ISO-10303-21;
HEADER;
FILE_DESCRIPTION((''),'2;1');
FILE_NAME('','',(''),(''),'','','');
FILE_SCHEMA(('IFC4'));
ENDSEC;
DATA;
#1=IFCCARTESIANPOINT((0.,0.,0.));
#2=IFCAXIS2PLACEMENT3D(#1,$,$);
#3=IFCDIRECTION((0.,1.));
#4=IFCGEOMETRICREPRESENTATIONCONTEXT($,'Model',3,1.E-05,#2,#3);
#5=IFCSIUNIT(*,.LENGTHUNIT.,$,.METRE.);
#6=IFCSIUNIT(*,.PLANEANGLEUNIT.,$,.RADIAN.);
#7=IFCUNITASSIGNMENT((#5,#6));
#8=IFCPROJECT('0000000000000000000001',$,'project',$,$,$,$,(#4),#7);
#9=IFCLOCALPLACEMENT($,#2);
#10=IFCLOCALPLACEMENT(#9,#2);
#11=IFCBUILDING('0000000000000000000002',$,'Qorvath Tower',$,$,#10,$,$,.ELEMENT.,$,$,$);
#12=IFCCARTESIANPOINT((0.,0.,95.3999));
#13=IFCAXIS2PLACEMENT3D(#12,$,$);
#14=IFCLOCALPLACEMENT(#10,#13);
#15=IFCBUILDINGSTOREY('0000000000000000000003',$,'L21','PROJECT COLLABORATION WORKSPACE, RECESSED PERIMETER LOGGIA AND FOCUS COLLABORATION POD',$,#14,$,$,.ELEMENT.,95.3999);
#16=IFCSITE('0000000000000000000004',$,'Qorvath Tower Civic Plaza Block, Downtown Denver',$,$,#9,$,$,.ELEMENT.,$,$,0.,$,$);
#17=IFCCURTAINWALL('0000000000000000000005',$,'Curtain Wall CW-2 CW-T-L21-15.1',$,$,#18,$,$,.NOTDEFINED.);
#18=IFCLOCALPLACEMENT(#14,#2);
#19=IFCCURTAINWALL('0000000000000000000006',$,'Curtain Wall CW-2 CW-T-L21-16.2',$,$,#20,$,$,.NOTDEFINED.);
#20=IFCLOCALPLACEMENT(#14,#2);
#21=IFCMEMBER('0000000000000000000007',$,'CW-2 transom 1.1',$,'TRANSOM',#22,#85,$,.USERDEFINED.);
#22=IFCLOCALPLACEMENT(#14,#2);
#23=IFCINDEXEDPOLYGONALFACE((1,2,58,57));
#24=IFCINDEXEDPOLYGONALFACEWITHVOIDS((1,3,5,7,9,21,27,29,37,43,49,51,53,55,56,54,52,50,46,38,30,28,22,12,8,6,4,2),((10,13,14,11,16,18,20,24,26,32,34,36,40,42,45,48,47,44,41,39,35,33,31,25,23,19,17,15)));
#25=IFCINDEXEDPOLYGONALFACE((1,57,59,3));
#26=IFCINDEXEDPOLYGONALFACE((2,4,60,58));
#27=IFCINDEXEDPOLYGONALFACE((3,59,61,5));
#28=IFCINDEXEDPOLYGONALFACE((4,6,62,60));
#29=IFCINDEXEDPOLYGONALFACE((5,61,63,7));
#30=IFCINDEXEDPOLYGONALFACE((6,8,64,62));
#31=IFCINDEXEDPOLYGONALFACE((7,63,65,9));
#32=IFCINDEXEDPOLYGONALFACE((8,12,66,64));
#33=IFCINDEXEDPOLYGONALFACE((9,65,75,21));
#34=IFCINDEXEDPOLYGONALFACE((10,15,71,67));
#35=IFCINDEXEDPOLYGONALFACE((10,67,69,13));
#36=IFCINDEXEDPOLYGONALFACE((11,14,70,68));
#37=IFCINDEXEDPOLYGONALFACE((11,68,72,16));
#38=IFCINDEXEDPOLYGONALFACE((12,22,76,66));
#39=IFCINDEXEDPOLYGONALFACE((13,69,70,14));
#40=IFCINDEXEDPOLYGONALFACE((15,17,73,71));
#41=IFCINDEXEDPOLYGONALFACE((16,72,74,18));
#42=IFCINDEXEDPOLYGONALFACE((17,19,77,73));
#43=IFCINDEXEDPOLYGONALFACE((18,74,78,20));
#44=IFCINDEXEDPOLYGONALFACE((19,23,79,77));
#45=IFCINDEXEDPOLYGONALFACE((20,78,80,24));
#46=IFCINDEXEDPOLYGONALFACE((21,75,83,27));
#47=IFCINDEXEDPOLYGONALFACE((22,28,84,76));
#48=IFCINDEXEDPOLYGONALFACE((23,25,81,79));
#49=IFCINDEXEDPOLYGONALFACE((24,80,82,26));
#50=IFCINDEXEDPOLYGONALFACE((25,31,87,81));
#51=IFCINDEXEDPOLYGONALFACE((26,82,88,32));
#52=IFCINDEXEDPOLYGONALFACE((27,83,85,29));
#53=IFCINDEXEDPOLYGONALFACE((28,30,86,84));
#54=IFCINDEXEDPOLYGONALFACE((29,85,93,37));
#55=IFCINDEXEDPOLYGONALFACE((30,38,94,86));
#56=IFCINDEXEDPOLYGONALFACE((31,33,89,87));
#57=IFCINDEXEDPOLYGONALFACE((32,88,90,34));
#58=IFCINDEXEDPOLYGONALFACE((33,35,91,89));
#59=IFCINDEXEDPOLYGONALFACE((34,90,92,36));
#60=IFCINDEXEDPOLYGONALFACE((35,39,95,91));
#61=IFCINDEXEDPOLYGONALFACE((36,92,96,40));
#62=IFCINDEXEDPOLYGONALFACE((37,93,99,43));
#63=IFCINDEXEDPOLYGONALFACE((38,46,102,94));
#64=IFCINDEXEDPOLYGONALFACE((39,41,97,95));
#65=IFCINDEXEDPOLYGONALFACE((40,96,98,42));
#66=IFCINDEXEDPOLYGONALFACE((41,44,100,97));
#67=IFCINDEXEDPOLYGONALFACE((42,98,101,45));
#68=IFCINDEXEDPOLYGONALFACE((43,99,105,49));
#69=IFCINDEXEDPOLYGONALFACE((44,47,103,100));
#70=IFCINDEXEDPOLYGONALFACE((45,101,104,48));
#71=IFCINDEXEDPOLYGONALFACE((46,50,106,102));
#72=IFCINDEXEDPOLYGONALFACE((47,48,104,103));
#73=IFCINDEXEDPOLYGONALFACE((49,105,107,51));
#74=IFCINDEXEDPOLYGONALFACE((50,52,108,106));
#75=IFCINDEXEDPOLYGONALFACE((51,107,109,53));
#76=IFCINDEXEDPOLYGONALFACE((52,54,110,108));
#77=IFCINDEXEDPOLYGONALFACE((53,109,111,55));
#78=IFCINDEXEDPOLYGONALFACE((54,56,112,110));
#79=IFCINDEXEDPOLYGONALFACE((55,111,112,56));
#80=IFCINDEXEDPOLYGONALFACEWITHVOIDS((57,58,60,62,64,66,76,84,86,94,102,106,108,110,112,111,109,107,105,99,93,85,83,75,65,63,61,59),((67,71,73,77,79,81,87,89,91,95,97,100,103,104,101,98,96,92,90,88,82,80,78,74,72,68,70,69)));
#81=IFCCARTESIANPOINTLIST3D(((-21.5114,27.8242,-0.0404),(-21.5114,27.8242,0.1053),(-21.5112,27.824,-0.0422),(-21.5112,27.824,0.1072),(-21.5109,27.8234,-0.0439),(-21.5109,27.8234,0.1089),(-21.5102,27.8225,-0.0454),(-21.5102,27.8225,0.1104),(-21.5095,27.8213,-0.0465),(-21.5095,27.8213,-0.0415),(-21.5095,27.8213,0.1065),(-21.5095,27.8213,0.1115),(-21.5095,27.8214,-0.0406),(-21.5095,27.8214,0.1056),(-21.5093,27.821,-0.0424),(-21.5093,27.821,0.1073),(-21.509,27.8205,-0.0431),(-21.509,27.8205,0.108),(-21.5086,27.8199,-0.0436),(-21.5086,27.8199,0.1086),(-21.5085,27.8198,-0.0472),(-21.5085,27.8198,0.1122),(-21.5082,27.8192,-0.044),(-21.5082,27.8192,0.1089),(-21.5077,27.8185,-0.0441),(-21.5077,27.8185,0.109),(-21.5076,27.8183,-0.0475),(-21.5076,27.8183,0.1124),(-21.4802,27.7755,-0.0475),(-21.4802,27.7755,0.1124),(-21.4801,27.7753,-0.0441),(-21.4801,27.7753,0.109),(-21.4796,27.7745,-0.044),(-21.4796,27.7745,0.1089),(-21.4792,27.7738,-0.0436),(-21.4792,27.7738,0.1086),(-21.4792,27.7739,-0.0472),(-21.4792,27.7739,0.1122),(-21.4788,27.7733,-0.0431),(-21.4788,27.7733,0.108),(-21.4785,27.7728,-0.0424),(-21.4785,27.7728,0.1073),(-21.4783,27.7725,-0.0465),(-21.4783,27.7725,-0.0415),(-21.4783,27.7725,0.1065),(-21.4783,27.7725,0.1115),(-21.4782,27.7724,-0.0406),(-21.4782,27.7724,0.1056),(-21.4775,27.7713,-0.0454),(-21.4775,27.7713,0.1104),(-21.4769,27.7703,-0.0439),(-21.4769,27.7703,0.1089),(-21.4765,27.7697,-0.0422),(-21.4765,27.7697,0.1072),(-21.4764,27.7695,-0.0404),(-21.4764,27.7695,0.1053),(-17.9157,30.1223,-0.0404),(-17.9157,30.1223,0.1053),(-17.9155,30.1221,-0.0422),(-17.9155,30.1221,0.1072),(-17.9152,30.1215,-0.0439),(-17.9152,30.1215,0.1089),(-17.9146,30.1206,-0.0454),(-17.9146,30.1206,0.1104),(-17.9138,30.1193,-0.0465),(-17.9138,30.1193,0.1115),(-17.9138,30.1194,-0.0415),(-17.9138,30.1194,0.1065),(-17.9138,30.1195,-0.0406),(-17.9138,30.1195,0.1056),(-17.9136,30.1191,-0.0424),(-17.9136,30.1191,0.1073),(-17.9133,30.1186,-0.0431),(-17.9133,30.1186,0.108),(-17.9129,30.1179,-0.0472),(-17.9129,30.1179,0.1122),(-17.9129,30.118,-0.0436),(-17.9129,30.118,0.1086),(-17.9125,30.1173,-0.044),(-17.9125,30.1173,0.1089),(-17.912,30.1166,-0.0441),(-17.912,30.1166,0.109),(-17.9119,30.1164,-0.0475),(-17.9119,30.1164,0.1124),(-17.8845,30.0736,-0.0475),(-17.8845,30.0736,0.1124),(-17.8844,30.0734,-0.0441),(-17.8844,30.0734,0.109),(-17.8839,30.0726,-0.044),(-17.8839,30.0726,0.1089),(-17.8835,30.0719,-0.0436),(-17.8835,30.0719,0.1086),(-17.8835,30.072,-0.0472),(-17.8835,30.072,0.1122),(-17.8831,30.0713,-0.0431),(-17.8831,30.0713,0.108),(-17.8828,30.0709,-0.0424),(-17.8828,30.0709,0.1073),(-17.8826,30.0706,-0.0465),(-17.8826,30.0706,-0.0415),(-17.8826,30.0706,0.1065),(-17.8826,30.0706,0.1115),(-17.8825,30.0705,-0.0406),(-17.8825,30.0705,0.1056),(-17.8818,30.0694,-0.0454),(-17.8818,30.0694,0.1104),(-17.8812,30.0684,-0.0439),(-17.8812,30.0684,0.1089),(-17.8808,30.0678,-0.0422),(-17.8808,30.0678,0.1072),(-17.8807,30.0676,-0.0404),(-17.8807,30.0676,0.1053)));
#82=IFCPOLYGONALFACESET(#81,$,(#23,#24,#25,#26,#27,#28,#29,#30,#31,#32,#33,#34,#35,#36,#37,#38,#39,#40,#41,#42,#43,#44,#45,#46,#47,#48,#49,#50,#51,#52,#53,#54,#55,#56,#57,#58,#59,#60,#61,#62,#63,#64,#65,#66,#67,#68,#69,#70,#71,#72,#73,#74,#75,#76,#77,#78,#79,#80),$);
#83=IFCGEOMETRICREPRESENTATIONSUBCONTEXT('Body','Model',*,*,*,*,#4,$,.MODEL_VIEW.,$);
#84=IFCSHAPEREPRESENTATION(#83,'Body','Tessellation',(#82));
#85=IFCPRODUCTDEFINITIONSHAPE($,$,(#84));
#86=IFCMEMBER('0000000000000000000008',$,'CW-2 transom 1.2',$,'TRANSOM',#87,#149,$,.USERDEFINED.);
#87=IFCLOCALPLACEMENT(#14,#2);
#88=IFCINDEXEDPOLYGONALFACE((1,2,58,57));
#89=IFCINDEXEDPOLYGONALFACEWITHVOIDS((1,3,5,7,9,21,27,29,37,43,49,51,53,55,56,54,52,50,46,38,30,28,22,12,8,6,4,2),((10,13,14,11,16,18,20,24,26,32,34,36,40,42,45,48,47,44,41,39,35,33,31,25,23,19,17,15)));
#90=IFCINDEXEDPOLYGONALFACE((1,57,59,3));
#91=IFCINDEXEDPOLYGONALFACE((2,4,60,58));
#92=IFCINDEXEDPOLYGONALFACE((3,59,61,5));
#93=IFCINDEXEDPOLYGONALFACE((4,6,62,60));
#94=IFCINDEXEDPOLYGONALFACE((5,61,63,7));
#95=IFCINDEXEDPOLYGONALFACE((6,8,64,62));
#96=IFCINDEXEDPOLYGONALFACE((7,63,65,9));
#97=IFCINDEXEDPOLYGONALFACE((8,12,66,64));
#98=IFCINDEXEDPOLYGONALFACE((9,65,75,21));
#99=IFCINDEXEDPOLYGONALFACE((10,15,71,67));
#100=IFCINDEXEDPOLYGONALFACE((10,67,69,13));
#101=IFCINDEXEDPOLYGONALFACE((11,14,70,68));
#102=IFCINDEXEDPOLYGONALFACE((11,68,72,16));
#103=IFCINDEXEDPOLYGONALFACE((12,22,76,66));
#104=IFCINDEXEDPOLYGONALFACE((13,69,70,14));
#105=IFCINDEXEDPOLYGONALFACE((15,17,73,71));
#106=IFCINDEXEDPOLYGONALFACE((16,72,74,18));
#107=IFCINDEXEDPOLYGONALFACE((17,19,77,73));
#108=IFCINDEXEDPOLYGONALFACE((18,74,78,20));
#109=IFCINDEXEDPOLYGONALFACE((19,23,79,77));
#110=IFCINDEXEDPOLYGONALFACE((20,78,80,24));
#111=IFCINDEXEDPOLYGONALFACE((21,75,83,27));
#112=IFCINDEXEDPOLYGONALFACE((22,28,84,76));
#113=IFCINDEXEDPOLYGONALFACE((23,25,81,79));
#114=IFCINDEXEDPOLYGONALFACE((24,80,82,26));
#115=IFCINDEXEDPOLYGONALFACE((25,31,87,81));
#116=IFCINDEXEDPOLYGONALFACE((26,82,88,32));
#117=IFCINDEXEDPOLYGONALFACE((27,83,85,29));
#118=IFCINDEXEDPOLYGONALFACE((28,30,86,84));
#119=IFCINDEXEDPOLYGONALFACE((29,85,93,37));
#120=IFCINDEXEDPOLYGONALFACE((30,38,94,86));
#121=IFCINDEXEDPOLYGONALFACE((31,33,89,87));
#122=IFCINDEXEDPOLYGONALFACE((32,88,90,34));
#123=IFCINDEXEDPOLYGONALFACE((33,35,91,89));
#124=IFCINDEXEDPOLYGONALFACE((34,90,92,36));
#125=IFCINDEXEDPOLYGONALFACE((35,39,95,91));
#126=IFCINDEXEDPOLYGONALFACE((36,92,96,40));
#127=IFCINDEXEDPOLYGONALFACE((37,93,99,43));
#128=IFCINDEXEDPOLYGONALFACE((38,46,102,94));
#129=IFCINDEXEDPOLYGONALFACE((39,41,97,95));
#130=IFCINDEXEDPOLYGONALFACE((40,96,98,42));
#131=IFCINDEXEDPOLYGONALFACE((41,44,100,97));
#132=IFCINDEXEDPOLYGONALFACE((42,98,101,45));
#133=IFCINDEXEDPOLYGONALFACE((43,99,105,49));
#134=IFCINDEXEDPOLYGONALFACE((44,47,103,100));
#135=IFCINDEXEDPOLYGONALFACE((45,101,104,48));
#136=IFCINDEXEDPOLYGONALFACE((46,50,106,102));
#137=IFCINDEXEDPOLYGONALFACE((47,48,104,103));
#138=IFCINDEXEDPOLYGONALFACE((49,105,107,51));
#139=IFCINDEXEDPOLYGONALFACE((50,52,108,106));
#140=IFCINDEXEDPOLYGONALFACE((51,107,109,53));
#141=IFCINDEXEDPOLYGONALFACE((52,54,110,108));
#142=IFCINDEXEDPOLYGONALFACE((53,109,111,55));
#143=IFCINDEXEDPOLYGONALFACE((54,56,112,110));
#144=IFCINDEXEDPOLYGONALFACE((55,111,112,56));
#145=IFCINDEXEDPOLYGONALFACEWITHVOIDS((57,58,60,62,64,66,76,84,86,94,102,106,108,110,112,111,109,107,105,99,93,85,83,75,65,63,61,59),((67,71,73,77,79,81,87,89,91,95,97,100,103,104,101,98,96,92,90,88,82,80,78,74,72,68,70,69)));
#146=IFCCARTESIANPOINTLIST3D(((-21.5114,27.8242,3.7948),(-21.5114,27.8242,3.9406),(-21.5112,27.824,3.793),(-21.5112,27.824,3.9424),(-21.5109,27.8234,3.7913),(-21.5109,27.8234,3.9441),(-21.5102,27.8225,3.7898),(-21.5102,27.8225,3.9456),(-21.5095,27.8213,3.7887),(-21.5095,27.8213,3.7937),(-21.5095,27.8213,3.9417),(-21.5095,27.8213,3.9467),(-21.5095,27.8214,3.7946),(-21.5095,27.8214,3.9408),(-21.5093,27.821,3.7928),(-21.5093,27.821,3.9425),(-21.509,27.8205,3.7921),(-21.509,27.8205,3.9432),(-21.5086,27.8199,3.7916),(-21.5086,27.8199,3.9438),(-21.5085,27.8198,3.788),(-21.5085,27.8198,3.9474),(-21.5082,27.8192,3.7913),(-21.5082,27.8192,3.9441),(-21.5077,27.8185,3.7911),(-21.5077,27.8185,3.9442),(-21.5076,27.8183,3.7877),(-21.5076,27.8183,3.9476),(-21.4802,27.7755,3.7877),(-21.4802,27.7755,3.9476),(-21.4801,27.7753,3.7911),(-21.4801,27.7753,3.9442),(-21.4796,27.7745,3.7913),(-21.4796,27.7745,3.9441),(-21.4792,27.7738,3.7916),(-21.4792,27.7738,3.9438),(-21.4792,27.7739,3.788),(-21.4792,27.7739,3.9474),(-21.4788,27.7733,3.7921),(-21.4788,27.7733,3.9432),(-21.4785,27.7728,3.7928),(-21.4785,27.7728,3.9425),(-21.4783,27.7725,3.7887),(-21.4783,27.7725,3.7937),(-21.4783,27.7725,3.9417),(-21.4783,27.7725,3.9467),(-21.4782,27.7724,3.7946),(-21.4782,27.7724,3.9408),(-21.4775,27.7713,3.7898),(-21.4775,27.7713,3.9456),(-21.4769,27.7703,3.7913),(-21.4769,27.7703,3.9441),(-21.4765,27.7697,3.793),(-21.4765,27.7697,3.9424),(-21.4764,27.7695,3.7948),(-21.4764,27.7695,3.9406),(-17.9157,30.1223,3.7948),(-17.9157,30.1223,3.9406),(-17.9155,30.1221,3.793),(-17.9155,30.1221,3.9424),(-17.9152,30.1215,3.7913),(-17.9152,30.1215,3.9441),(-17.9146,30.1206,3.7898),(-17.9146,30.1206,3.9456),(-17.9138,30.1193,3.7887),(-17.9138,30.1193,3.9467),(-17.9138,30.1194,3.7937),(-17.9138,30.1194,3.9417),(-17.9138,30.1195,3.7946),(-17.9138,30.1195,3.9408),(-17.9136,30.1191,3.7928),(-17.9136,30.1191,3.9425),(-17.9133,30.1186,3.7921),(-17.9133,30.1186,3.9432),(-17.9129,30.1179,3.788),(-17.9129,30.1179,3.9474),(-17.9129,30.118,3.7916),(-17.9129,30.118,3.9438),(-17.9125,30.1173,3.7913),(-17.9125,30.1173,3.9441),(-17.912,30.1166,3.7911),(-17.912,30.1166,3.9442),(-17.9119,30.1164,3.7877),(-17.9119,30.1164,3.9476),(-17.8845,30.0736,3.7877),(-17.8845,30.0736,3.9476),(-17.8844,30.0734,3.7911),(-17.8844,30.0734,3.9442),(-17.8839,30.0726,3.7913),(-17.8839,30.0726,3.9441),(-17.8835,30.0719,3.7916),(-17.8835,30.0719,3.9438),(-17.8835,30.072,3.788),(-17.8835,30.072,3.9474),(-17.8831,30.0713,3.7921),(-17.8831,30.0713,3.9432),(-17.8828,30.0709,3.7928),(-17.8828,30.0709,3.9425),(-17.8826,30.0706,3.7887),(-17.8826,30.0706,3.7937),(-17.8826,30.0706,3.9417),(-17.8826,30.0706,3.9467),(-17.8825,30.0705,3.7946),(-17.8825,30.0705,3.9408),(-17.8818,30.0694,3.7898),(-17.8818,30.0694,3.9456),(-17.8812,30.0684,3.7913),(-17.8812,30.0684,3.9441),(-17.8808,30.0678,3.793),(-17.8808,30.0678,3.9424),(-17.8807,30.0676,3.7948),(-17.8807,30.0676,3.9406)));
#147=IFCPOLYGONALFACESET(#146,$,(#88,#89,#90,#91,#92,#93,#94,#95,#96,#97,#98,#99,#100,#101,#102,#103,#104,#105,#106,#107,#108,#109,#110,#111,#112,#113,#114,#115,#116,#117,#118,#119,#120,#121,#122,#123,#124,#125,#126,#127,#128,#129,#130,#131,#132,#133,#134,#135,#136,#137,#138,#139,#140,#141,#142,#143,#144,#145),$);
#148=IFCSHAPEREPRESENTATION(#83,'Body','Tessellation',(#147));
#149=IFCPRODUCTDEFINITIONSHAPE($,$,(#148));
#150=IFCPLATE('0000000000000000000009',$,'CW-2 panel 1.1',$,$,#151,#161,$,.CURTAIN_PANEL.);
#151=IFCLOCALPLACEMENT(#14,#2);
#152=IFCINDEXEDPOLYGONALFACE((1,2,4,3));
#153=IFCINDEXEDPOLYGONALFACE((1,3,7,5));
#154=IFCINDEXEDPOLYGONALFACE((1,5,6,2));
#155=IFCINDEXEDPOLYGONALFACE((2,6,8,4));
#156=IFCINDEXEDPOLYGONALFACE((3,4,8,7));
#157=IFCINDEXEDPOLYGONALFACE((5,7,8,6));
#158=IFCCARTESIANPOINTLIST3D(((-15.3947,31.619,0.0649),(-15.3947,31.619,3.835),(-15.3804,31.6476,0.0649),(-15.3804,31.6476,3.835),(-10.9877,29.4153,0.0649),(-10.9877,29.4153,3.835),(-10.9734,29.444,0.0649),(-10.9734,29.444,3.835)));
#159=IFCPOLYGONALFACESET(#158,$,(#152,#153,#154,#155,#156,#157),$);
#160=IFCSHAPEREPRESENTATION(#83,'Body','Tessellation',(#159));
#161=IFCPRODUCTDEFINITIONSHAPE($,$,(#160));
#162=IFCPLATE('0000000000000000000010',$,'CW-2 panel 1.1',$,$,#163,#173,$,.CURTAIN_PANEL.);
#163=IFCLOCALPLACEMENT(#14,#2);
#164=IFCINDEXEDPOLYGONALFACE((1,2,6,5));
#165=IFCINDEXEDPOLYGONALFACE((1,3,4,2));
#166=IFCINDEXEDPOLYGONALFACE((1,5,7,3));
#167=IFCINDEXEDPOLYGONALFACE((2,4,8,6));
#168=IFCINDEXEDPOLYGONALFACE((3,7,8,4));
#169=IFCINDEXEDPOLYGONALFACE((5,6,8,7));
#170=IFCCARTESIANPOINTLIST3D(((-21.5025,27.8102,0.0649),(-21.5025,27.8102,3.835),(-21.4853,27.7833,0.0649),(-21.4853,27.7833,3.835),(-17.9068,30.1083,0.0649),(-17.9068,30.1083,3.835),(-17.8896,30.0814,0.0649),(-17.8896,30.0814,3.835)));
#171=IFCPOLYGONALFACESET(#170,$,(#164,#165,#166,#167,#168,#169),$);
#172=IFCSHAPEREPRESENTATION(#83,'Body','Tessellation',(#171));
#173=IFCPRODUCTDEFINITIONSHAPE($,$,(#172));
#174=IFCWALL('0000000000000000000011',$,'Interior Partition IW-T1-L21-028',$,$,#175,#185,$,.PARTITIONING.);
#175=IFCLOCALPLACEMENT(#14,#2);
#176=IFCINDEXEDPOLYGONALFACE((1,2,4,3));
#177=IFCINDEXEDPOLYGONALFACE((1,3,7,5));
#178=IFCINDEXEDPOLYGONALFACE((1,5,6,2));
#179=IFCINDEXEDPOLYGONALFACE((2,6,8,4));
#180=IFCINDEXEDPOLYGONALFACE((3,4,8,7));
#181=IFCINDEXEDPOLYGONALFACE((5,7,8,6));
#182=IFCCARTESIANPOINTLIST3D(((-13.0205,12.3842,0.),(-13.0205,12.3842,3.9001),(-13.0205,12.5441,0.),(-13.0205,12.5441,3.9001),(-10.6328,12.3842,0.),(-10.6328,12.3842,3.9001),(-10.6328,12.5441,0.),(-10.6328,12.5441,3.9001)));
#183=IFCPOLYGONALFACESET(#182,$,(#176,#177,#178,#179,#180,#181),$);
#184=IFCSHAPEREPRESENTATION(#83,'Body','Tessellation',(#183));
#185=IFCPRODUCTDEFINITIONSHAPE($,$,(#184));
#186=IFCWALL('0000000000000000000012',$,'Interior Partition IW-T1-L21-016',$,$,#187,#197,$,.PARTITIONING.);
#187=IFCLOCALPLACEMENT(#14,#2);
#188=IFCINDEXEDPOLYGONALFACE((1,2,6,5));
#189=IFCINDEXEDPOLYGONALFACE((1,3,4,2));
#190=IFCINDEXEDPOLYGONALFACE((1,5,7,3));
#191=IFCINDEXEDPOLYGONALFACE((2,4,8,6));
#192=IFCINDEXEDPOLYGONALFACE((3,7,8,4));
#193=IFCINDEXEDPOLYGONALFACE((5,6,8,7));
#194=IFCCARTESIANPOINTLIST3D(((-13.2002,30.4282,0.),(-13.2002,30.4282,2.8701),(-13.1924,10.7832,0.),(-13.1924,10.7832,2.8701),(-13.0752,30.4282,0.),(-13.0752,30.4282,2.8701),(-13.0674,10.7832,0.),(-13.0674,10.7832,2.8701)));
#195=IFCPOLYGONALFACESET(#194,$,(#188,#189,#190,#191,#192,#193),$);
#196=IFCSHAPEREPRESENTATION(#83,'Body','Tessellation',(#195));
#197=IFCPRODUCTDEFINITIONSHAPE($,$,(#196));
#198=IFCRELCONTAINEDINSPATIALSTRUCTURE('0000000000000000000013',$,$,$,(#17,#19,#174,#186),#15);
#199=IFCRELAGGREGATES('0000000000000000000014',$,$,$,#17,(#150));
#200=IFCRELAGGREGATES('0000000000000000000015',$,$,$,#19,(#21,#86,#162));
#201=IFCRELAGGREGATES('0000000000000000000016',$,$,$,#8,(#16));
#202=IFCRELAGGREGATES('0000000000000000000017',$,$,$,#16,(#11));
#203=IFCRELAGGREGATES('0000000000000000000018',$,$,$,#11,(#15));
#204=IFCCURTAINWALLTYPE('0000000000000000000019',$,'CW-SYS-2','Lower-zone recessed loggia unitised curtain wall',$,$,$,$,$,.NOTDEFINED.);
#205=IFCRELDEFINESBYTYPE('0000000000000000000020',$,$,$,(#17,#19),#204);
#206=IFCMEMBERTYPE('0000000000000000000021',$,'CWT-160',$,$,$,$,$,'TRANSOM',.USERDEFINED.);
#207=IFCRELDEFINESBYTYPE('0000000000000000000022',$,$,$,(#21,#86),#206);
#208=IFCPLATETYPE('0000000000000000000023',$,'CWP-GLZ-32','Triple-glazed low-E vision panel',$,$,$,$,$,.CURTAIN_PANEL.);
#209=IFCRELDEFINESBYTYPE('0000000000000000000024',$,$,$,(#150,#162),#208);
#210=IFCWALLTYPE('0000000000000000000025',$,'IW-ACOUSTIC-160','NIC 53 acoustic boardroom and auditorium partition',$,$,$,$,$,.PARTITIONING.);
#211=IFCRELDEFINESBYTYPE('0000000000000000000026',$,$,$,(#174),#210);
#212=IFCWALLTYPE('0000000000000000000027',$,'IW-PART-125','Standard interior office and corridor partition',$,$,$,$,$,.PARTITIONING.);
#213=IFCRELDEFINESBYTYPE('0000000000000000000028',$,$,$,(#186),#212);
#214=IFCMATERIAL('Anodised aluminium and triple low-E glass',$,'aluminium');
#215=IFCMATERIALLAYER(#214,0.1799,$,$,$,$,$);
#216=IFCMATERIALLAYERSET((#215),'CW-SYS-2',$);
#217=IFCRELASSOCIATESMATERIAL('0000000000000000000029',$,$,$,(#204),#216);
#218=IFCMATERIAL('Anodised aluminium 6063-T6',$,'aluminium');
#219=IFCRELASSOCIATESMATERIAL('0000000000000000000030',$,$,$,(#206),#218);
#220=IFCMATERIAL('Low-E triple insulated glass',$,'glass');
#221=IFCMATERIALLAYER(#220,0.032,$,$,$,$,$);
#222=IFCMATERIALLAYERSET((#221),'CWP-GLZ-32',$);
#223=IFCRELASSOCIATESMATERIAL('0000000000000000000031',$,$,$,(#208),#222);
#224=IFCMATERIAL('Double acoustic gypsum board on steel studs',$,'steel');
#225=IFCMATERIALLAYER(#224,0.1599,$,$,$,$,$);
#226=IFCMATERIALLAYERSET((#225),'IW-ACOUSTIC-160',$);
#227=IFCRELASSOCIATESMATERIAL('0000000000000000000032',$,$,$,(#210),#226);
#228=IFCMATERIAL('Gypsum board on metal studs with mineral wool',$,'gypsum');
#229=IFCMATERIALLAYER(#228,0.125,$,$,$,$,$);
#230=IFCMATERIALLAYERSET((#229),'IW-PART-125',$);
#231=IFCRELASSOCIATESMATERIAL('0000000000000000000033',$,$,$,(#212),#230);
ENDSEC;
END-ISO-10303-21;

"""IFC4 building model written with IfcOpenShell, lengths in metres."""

from ifc_helpers import new_model, si_unit, direction, frame, frame_2d, origin, origin_2d, place, context, subcontext, project, spatial, rectangle, hollow_rectangle, extrude, material, layer, layer_set, material_profile, profile_set, type_object, element, aggregate, save


model = new_model("IFC4")

# Units and contexts
model_context = context("Model", 3, precision=1e-05, world=origin(), true_north=direction((0.0, 1.0)))
body_context = subcontext(model_context, "Body", "Model", "MODEL_VIEW")
ifc_project = project(units=[si_unit("LENGTHUNIT", "METRE"), si_unit("PLANEANGLEUNIT", "RADIAN")], contexts=[model_context])

# Site, building, storey
site_placement = place(None, origin())
site = spatial("IfcSite", under=ifc_project, at=site_placement, Name="Qorvath Tower Civic Plaza Block, Downtown Denver", CompositionType="ELEMENT", RefElevation=0.0)
building_placement = place(site_placement, origin())
building = spatial("IfcBuilding", under=site, at=building_placement, Name="Qorvath Tower", CompositionType="ELEMENT")
storey_placement = place(building_placement, frame((0.0, 0.0, 95.3999)))
storey = spatial("IfcBuildingStorey", under=building, at=storey_placement, Name="L21", Description="PROJECT COLLABORATION WORKSPACE, RECESSED PERIMETER LOGGIA AND FOCUS COLLABORATION POD", CompositionType="ELEMENT", Elevation=95.3999)

# Shared definitions
ifc_material_1 = material(Name="Anodised aluminium and triple low-E glass", Category="aluminium")
ifc_layer_1 = layer(ifc_material_1, 0.1799)
ifc_layer_set_1 = layer_set([ifc_layer_1], Name="CW-SYS-2")
curtain_wall_type = type_object("IfcCurtainWallType", Name="CW-SYS-2", Description="Lower-zone recessed loggia unitised curtain wall", PredefinedType="NOTDEFINED", material=ifc_layer_set_1)

# Curtain wall
curtain_wall_1_placement = place(storey_placement, origin())
curtain_wall_1 = element("IfcCurtainWall", 1, at=curtain_wall_1_placement, inside=storey, type_object=curtain_wall_type, Name="Curtain Wall CW-2 CW-T-L21-15.1", PredefinedType="NOTDEFINED")

# Curtain wall
curtain_wall_2_placement = place(storey_placement, origin())
curtain_wall_2 = element("IfcCurtainWall", 2, at=curtain_wall_2_placement, inside=storey, type_object=curtain_wall_type, Name="Curtain Wall CW-2 CW-T-L21-16.2", PredefinedType="NOTDEFINED")

# Members
ifc_material_2 = material(Name="Anodised aluminium 6063-T6", Category="aluminium")
ifc_material_profile_1 = material_profile(ifc_material_2, hollow_rectangle(XDim=0.0649, YDim=0.1599, WallThickness=0.0034, InnerFilletRadius=0.0034, OuterFilletRadius=0.0071, at=origin_2d()), Name="CWT 160x65")
ifc_profile_set_1 = profile_set([ifc_material_profile_1], Name="Anodised aluminium 6063-T6")
member_type_1 = type_object("IfcMemberType", Name="CWT-160", ElementType="TRANSOM", PredefinedType="USERDEFINED", material=ifc_profile_set_1)
member_1_placement = place(storey_placement, frame((-17.8982, 30.095, 0.0325), z_axis=(-0.842607, -0.538529, 0.0), x_axis=(0.538529, -0.842607, 0.0)))
member_1 = element("IfcMember", 3, at=member_1_placement, type_object=member_type_1, Name="CW-2 transom 1.1", ObjectType="TRANSOM", PredefinedType="USERDEFINED", context=body_context, shape_type="SweptSolid", body=[
    extrude(hollow_rectangle(XDim=0.0649, YDim=0.1599, WallThickness=0.0034, InnerFilletRadius=0.0034, OuterFilletRadius=0.0071, at=origin_2d()), origin(), (0.0, 0.0, 1.0), 4.2673),
])
member_2_placement = place(storey_placement, frame((-17.8982, 30.095, 3.8677), z_axis=(-0.842607, -0.538529, 0.0), x_axis=(0.538529, -0.842607, 0.0)))
member_2 = element("IfcMember", 4, at=member_2_placement, type_object=member_type_1, Name="CW-2 transom 1.2", ObjectType="TRANSOM", PredefinedType="USERDEFINED", context=body_context, shape_type="SweptSolid", body=[
    extrude(hollow_rectangle(XDim=0.0649, YDim=0.1599, WallThickness=0.0034, InnerFilletRadius=0.0034, OuterFilletRadius=0.0071, at=origin_2d()), origin(), (0.0, 0.0, 1.0), 4.2673),
])

# Plates
ifc_material_3 = material(Name="Low-E triple insulated glass", Category="glass")
ifc_layer_2 = layer(ifc_material_3, 0.032)
ifc_layer_set_2 = layer_set([ifc_layer_2], Name="CWP-GLZ-32")
plate_type = type_object("IfcPlateType", Name="CWP-GLZ-32", Description="Triple-glazed low-E vision panel", PredefinedType="CURTAIN_PANEL", material=ifc_layer_set_2)
plate_1_placement = place(storey_placement, frame((-13.1841, 30.5315, 0.0649), z_axis=(0.0, 0.0, 1.0), x_axis=(-0.894411, 0.447245, 0.0)))
plate_1 = element("IfcPlate", 5, at=plate_1_placement, type_object=plate_type, Name="CW-2 panel 1.1", PredefinedType="CURTAIN_PANEL", context=body_context, shape_type="SweptSolid", body=[
    extrude(rectangle(XDim=4.9272, YDim=0.032, at=origin_2d()), origin(), (0.0, 0.0, 1.0), 3.77),
])
aggregate(curtain_wall_1, [plate_1])
plate_2_placement = place(storey_placement, frame((-19.696, 28.9458, 0.0649), z_axis=(0.0, 0.0, 1.0), x_axis=(-0.8426, -0.53854, 0.0)))
plate_2 = element("IfcPlate", 6, at=plate_2_placement, type_object=plate_type, Name="CW-2 panel 1.1", PredefinedType="CURTAIN_PANEL", context=body_context, shape_type="SweptSolid", body=[
    extrude(rectangle(XDim=4.2673, YDim=0.032, at=origin_2d()), origin(), (0.0, 0.0, 1.0), 3.77),
])
aggregate(curtain_wall_2, [member_1, member_2, plate_2])

# Walls
ifc_material_4 = material(Name="Double acoustic gypsum board on steel studs", Category="steel")
ifc_layer_3 = layer(ifc_material_4, 0.1599)
ifc_layer_set_3 = layer_set([ifc_layer_3], Name="IW-ACOUSTIC-160")
wall_type_1 = type_object("IfcWallType", Name="IW-ACOUSTIC-160", Description="NIC 53 acoustic boardroom and auditorium partition", PredefinedType="PARTITIONING", material=ifc_layer_set_3)
wall_1_placement = place(storey_placement, frame((-13.0205, 12.4641, 0.0), z_axis=(0.0, 0.0, 1.0), x_axis=(1.0, 0.0, 0.0)))
element("IfcWall", 7, at=wall_1_placement, inside=storey, type_object=wall_type_1, Name="Interior Partition IW-T1-L21-028", PredefinedType="PARTITIONING", context=body_context, shape_type="SweptSolid", body=[
    extrude(rectangle(XDim=2.3877, YDim=0.1599, at=frame_2d((1.1938, 0.0))), origin(), (0.0, 0.0, 1.0), 3.9001),
])
ifc_material_5 = material(Name="Gypsum board on metal studs with mineral wool", Category="gypsum")
ifc_layer_4 = layer(ifc_material_5, 0.125)
ifc_layer_set_4 = layer_set([ifc_layer_4], Name="IW-PART-125")
wall_type_2 = type_object("IfcWallType", Name="IW-PART-125", Description="Standard interior office and corridor partition", PredefinedType="PARTITIONING", material=ifc_layer_set_4)
wall_2_placement = place(storey_placement, frame((-13.1299, 10.7832, 0.0), z_axis=(0.0, 0.0, 1.0), x_axis=(-0.000398, 1.0, 0.0)))
element("IfcWall", 8, at=wall_2_placement, inside=storey, type_object=wall_type_2, Name="Interior Partition IW-T1-L21-016", PredefinedType="PARTITIONING", context=body_context, shape_type="SweptSolid", body=[
    extrude(rectangle(XDim=19.645, YDim=0.125, at=frame_2d((9.8225, 0.0))), origin(), (0.0, 0.0, 1.0), 2.8701),
])

save(model, "model.ifc")
